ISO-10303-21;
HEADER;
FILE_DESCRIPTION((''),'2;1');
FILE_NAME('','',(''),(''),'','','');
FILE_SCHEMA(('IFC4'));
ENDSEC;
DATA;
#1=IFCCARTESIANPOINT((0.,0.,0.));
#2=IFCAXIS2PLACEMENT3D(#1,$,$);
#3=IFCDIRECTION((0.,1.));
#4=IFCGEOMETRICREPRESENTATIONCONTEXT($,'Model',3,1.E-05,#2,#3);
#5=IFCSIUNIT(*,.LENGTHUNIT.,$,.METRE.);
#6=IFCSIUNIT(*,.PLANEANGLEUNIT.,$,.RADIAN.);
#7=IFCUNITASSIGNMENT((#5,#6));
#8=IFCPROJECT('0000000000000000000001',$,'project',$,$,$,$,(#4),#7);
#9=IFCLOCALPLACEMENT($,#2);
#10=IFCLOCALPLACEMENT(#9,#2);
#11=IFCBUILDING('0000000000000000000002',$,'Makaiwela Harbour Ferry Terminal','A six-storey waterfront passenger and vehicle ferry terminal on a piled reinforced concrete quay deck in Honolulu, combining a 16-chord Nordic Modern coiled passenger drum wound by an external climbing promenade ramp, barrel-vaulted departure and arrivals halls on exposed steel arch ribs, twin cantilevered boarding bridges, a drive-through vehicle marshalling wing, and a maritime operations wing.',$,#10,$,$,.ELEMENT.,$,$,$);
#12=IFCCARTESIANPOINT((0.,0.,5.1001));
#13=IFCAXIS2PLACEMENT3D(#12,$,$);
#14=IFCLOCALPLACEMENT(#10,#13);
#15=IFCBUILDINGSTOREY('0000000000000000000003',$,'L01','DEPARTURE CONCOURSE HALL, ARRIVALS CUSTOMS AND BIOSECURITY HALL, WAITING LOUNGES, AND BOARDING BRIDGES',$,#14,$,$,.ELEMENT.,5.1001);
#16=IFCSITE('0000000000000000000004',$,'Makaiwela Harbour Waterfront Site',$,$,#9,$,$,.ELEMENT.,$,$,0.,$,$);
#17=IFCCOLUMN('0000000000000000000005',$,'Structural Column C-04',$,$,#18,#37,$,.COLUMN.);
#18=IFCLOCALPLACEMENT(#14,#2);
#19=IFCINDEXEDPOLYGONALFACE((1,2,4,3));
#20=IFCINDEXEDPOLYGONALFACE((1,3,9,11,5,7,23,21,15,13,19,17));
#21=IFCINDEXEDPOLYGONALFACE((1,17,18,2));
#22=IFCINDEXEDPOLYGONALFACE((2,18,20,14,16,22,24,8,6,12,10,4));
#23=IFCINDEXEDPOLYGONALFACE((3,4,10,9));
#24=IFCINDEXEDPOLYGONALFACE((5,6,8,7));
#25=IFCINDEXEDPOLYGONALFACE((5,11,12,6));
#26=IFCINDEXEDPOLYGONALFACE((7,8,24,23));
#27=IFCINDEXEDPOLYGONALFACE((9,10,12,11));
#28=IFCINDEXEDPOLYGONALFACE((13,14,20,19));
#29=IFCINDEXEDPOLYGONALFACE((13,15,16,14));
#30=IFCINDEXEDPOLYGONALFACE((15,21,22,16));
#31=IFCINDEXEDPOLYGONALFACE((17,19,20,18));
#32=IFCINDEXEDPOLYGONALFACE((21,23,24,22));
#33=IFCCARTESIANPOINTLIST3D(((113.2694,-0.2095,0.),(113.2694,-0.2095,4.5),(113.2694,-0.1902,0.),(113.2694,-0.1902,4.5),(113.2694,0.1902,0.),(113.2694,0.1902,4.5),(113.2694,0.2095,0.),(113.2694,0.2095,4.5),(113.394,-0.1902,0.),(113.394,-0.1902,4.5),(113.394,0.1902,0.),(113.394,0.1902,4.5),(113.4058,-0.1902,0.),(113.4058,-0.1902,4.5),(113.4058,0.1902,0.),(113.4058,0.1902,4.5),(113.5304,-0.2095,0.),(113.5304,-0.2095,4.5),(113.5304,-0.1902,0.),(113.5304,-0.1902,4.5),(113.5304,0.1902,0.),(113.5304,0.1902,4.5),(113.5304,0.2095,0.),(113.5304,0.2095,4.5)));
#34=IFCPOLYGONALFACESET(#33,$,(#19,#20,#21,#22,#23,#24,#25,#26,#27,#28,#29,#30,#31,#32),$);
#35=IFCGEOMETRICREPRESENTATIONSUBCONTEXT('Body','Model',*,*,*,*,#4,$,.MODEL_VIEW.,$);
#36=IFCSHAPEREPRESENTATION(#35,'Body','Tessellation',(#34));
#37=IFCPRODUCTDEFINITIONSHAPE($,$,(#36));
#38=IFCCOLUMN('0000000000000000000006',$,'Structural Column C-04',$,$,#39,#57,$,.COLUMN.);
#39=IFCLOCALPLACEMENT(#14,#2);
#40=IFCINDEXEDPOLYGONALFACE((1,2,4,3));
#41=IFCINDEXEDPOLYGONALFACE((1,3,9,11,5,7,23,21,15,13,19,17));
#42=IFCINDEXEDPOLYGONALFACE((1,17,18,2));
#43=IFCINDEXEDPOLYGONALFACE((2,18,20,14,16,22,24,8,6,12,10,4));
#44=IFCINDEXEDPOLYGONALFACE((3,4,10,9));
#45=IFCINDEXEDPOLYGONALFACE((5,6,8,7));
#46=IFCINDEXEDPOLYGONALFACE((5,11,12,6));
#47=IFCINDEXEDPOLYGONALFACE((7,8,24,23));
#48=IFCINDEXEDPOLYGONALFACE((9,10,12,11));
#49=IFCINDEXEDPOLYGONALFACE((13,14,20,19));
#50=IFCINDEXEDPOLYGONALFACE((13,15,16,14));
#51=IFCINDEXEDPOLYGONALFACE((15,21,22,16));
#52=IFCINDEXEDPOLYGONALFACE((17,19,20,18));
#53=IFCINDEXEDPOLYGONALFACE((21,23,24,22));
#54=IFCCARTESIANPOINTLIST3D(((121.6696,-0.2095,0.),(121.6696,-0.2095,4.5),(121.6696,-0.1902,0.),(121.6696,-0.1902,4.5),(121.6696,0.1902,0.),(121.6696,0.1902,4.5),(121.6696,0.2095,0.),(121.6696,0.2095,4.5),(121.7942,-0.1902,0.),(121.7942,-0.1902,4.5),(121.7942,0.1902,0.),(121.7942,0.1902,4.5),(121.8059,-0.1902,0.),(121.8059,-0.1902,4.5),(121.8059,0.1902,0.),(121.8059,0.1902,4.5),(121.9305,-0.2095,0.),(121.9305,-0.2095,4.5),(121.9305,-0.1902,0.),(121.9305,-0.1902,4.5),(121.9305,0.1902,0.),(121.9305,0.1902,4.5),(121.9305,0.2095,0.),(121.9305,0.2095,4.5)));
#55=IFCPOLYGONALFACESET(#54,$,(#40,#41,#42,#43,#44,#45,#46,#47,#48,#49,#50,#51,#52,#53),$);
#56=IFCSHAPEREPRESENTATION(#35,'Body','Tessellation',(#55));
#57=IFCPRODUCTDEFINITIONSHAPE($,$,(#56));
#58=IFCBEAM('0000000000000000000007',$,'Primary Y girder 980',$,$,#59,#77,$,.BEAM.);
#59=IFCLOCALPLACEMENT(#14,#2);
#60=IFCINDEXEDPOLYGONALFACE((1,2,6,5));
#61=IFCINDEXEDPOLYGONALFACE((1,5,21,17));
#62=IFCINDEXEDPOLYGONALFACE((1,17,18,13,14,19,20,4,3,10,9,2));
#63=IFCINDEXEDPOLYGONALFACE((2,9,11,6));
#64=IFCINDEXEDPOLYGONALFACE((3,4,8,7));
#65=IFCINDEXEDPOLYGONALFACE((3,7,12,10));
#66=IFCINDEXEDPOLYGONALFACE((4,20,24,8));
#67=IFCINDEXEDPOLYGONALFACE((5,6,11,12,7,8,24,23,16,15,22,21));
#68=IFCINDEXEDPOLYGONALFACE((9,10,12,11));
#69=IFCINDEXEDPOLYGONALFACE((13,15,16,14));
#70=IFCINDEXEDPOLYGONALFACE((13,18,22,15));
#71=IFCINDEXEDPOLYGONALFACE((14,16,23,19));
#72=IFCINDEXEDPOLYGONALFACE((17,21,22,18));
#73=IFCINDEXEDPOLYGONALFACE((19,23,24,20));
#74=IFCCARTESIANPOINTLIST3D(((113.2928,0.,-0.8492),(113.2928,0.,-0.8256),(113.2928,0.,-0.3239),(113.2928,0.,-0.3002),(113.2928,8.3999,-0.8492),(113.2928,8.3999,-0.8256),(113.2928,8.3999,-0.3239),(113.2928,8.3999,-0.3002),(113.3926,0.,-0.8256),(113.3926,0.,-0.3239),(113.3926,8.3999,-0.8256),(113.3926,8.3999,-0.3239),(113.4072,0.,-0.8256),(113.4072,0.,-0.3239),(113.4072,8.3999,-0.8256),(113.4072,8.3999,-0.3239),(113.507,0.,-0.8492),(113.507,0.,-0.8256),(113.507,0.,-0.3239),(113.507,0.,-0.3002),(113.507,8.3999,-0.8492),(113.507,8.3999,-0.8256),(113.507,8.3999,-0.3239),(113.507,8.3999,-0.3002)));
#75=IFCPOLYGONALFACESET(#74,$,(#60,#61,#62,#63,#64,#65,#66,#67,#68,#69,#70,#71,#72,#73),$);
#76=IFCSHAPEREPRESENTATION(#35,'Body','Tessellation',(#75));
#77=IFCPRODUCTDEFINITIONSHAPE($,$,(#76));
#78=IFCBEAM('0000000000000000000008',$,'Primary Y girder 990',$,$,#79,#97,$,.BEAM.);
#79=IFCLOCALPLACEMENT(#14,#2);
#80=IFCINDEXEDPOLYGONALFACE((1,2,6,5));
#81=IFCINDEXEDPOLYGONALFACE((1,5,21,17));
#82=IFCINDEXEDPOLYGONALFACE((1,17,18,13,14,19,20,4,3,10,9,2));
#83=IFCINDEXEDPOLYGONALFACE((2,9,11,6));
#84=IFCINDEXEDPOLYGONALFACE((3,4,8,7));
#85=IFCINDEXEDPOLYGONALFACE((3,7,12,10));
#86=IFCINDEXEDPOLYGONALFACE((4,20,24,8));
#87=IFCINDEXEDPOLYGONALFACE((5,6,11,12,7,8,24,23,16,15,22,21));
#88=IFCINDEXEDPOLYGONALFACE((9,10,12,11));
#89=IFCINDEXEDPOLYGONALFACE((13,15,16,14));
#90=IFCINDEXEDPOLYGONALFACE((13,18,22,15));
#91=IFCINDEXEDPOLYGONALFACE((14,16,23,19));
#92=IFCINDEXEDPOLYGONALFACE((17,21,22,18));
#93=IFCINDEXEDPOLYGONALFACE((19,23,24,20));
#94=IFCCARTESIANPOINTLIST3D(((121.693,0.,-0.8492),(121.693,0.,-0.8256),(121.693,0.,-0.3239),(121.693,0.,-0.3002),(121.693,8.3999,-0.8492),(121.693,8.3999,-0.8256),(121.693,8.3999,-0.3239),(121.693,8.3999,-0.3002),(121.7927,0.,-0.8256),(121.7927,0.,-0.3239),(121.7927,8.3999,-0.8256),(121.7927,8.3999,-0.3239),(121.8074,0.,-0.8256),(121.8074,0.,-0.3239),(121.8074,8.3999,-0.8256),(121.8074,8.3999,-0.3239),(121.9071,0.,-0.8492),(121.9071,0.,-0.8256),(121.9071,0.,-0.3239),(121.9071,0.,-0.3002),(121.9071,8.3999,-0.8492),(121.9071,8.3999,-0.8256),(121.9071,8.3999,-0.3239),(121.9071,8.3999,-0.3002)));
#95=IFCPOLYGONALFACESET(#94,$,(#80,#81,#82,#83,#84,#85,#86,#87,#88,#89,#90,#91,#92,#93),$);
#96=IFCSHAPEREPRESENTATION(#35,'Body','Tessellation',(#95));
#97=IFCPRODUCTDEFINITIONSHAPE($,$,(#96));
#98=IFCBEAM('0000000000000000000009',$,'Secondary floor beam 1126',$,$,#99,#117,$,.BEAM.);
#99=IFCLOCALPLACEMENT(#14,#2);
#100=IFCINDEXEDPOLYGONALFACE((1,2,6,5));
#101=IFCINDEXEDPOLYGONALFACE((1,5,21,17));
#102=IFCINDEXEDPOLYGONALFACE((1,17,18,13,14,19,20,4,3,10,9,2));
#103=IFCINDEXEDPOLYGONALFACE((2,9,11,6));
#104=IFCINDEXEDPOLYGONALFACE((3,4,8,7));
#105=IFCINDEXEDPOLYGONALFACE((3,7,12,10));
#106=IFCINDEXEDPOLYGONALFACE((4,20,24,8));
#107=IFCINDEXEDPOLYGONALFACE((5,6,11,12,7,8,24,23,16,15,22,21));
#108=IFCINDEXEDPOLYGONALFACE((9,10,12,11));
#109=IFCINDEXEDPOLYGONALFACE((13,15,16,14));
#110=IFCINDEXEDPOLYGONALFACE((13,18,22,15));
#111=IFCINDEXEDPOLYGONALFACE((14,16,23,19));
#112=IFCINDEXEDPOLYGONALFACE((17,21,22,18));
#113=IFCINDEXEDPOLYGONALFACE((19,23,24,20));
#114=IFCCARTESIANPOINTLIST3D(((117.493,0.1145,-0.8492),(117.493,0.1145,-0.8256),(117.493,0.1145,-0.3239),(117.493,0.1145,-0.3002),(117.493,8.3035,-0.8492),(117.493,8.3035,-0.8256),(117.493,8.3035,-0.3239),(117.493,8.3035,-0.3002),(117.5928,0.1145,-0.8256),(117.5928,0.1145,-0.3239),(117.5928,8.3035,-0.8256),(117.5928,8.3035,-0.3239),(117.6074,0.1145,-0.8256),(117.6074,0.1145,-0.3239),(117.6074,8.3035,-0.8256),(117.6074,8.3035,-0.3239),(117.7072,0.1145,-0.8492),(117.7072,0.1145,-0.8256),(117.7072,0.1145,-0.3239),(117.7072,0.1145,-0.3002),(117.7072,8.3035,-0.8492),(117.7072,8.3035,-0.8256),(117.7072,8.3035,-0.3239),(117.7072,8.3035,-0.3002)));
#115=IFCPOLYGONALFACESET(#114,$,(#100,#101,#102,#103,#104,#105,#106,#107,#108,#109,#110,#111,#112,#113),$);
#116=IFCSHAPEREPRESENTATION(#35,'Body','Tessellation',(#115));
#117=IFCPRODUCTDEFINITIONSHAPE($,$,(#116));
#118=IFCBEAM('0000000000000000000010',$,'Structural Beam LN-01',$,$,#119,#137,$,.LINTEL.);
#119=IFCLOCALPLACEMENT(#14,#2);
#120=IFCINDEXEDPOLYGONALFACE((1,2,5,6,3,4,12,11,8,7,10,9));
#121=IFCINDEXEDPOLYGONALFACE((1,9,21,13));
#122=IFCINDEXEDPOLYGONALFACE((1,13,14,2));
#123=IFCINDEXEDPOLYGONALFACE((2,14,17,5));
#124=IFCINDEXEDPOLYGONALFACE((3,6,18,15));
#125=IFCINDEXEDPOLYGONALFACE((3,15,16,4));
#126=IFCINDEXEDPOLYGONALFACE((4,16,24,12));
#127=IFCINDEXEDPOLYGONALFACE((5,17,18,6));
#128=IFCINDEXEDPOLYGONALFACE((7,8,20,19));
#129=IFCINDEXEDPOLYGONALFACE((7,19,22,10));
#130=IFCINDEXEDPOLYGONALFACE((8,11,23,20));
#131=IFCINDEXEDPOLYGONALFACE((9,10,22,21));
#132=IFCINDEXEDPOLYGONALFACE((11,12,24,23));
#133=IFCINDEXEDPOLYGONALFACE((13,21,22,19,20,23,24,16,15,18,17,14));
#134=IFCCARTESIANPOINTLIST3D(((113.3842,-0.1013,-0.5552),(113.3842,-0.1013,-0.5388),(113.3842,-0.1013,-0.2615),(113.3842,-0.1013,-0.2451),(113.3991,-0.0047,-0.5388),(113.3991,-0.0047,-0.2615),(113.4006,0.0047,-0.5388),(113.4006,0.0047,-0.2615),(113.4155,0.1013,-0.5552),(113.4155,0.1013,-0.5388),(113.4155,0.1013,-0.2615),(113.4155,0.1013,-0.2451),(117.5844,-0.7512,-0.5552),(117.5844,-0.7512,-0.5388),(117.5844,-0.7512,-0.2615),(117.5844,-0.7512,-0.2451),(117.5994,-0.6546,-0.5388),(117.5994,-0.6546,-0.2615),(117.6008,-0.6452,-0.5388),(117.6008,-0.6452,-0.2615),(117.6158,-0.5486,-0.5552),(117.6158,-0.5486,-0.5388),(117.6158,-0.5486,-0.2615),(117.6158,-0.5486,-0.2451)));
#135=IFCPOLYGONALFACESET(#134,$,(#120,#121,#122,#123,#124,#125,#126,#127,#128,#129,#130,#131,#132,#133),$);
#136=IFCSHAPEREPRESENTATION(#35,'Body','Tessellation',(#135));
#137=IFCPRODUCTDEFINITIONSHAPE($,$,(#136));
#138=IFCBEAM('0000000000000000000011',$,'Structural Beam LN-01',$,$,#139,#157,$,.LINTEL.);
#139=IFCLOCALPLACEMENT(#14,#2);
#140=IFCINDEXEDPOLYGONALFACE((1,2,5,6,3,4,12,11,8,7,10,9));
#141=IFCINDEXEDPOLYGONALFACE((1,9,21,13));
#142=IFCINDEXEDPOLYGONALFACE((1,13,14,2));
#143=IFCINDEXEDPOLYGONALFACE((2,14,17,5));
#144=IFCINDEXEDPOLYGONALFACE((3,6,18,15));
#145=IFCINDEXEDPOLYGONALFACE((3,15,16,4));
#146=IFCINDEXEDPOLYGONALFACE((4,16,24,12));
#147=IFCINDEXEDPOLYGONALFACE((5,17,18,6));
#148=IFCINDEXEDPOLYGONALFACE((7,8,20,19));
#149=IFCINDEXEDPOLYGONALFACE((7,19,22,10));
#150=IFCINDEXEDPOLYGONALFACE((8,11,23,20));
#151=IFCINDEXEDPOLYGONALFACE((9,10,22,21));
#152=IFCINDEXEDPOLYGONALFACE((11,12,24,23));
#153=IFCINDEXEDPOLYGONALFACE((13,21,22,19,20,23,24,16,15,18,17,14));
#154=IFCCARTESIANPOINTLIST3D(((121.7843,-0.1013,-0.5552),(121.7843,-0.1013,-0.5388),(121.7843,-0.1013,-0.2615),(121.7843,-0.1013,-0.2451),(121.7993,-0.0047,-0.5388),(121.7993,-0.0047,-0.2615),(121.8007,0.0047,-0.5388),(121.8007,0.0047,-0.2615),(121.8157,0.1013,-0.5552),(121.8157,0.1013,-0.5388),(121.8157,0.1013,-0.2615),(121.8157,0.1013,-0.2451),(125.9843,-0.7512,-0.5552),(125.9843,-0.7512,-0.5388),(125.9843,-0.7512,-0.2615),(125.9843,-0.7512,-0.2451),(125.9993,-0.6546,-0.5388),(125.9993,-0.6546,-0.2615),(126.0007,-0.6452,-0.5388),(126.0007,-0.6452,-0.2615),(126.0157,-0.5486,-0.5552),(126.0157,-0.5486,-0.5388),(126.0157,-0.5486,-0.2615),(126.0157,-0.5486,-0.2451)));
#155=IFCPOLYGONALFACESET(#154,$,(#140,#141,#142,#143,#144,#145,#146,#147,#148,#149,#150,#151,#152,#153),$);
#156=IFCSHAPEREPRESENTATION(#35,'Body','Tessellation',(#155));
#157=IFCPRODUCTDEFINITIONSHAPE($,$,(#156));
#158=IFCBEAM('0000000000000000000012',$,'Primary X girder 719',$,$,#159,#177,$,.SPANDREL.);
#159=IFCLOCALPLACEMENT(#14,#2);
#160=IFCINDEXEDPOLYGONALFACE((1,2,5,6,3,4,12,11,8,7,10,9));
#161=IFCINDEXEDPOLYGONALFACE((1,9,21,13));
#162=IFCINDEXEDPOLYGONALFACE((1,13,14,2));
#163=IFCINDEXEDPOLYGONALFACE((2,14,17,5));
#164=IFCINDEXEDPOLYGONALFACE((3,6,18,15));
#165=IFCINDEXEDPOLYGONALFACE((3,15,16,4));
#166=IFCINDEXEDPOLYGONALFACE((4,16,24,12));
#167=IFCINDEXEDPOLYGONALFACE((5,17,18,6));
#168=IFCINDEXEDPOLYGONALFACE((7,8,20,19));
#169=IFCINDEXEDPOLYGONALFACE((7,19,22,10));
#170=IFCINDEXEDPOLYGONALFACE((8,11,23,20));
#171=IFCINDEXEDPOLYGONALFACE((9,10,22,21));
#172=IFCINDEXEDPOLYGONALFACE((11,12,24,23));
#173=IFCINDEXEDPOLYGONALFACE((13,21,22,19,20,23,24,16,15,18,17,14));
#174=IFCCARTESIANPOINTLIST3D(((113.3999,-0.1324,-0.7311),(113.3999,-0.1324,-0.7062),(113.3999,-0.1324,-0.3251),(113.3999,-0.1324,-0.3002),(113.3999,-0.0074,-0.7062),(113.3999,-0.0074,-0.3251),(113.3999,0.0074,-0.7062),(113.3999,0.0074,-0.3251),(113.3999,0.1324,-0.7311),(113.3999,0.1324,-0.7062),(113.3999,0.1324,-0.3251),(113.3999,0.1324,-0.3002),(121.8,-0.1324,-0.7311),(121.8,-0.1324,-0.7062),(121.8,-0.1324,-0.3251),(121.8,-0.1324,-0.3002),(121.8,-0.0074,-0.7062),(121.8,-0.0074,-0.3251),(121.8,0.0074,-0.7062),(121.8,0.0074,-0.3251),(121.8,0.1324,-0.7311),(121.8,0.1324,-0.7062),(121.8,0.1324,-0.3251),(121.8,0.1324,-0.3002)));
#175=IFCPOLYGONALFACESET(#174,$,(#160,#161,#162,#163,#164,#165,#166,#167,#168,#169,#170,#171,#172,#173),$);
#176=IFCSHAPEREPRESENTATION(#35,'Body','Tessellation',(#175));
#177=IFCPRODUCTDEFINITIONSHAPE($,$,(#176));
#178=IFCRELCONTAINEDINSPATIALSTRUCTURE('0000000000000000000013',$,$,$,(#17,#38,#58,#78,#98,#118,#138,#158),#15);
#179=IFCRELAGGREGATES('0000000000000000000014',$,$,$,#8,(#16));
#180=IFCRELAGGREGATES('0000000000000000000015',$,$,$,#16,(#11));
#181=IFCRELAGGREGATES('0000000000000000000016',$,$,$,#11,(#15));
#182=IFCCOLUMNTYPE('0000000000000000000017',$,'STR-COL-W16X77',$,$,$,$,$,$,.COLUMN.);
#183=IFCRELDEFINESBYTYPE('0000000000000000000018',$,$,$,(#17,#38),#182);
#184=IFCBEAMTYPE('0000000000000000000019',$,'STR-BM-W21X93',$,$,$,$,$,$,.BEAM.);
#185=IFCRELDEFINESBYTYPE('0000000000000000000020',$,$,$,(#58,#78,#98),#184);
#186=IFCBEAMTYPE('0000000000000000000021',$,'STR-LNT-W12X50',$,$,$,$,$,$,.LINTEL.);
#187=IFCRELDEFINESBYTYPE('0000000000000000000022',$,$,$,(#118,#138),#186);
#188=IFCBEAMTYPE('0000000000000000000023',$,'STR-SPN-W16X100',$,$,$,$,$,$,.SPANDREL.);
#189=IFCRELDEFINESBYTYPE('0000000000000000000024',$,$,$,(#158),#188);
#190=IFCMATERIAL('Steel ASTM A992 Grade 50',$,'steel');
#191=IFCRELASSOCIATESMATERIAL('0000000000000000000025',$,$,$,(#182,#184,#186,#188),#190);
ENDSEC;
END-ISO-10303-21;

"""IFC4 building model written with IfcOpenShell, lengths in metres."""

from ifc_helpers import new_model, si_unit, direction, frame, origin, origin_2d, place, context, subcontext, project, spatial, i_section, extrude, material, material_profile, profile_set, type_object, element, save


model = new_model("IFC4")

# Units and contexts
model_context = context("Model", 3, precision=1e-05, world=origin(), true_north=direction((0.0, 1.0)))
body_context = subcontext(model_context, "Body", "Model", "MODEL_VIEW")
ifc_project = project(units=[si_unit("LENGTHUNIT", "METRE"), si_unit("PLANEANGLEUNIT", "RADIAN")], contexts=[model_context])

# Site, building, storey
site_placement = place(None, origin())
site = spatial("IfcSite", under=ifc_project, at=site_placement, Name="Makaiwela Harbour Waterfront Site", CompositionType="ELEMENT", RefElevation=0.0)
building_placement = place(site_placement, origin())
building = spatial("IfcBuilding", under=site, at=building_placement, Name="Makaiwela Harbour Ferry Terminal", Description="A six-storey waterfront passenger and vehicle ferry terminal on a piled reinforced concrete quay deck in Honolulu, combining a 16-chord Nordic Modern coiled passenger drum wound by an external climbing promenade ramp, barrel-vaulted departure and arrivals halls on exposed steel arch ribs, twin cantilevered boarding bridges, a drive-through vehicle marshalling wing, and a maritime operations wing.", CompositionType="ELEMENT")
storey_placement = place(building_placement, frame((0.0, 0.0, 5.1001)))
storey = spatial("IfcBuildingStorey", under=building, at=storey_placement, Name="L01", Description="DEPARTURE CONCOURSE HALL, ARRIVALS CUSTOMS AND BIOSECURITY HALL, WAITING LOUNGES, AND BOARDING BRIDGES", CompositionType="ELEMENT", Elevation=5.1001)

# Columns
ifc_material_1 = material(Name="Steel ASTM A992 Grade 50", Category="steel")
ifc_material_profile_1 = material_profile(ifc_material_1, i_section(OverallWidth=0.261, OverallDepth=0.4189, WebThickness=0.0117, FlangeThickness=0.0193, at=origin_2d()), Name="W16X77")
ifc_profile_set_1 = profile_set([ifc_material_profile_1], Name="Steel ASTM A992 Grade 50")
column_type = type_object("IfcColumnType", Name="STR-COL-W16X77", PredefinedType="COLUMN", material=ifc_profile_set_1)
for number, where, z_axis, x_axis, name in (
    (1, (113.3999, 0.0, 0.0), (0.0, 0.0, 1.0), (1.0, 0.0, 0.0), "Structural Column C-04"),
    (2, (121.8, 0.0, 0.0), (0.0, 0.0, 1.0), (1.0, 0.0, 0.0), "Structural Column C-04"),
):
    element("IfcColumn", number, at=place(storey_placement, frame(where, z_axis=z_axis, x_axis=x_axis)), inside=storey, type_object=column_type, Name=name, PredefinedType="COLUMN", context=body_context, shape_type="SweptSolid", body=[
        extrude(i_section(OverallWidth=0.261, OverallDepth=0.4189, WebThickness=0.0117, FlangeThickness=0.0193, at=origin_2d()), origin(), (0.0, 0.0, 1.0), 4.5),
    ])

# Beams
ifc_material_profile_2 = material_profile(ifc_material_1, i_section(OverallWidth=0.2141, OverallDepth=0.5491, WebThickness=0.0146, FlangeThickness=0.0237, at=origin_2d()), Name="W21X93")
ifc_profile_set_2 = profile_set([ifc_material_profile_2], Name="Steel ASTM A992 Grade 50")
beam_type_1 = type_object("IfcBeamType", Name="STR-BM-W21X93", PredefinedType="BEAM", material=ifc_profile_set_2)
for number, where, z_axis, x_axis, name in (
    (3, (113.3999, 0.0, -0.5747), (0.0, 1.0, 0.0), (-1.0, 0.0, 0.0), "Primary Y girder 980"),
    (4, (121.8, 0.0, -0.5747), (0.0, 1.0, 0.0), (-1.0, 0.0, 0.0), "Primary Y girder 990"),
):
    element("IfcBeam", number, at=place(storey_placement, frame(where, z_axis=z_axis, x_axis=x_axis)), inside=storey, type_object=beam_type_1, Name=name, PredefinedType="BEAM", context=body_context, shape_type="SweptSolid", body=[
        extrude(i_section(OverallWidth=0.2141, OverallDepth=0.5491, WebThickness=0.0146, FlangeThickness=0.0237, at=origin_2d()), origin(), (0.0, 0.0, 1.0), 8.3999),
    ])
beam_1_placement = place(storey_placement, frame((117.6001, 0.1145, -0.5747), z_axis=(0.0, 1.0, 0.0), x_axis=(-1.0, 0.0, 0.0)))
element("IfcBeam", 5, at=beam_1_placement, inside=storey, type_object=beam_type_1, Name="Secondary floor beam 1126", PredefinedType="BEAM", context=body_context, shape_type="SweptSolid", body=[
    extrude(i_section(OverallWidth=0.2141, OverallDepth=0.5491, WebThickness=0.0146, FlangeThickness=0.0237, at=origin_2d()), origin(), (0.0, 0.0, 1.0), 8.189),
])
ifc_material_profile_3 = material_profile(ifc_material_1, i_section(OverallWidth=0.2051, OverallDepth=0.3101, WebThickness=0.0095, FlangeThickness=0.0164, at=origin_2d()), Name="W12X50")
ifc_profile_set_3 = profile_set([ifc_material_profile_3], Name="Steel ASTM A992 Grade 50")
beam_type_2 = type_object("IfcBeamType", Name="STR-LNT-W12X50", PredefinedType="LINTEL", material=ifc_profile_set_3)
beam_2_placement = place(storey_placement, frame((117.6001, -0.6499, -0.4001), z_axis=(-0.98824, 0.152912, 0.0), x_axis=(-0.152912, -0.98824, 0.0)))
element("IfcBeam", 6, at=beam_2_placement, inside=storey, type_object=beam_type_2, Name="Structural Beam LN-01", PredefinedType="LINTEL", context=body_context, shape_type="SweptSolid", body=[
    extrude(i_section(OverallWidth=0.2051, OverallDepth=0.3101, WebThickness=0.0095, FlangeThickness=0.0164, at=origin_2d()), origin(), (0.0, 0.0, 1.0), 4.2502),
])
beam_3_placement = place(storey_placement, frame((126.0, -0.6499, -0.4001), z_axis=(-0.988238, 0.15292, 0.0), x_axis=(-0.15292, -0.988238, 0.0)))
element("IfcBeam", 7, at=beam_3_placement, inside=storey, type_object=beam_type_2, Name="Structural Beam LN-01", PredefinedType="LINTEL", context=body_context, shape_type="SweptSolid", body=[
    extrude(i_section(OverallWidth=0.2051, OverallDepth=0.3101, WebThickness=0.0095, FlangeThickness=0.0164, at=origin_2d()), origin(), (0.0, 0.0, 1.0), 4.25),
])
ifc_material_profile_4 = material_profile(ifc_material_1, i_section(OverallWidth=0.2649, OverallDepth=0.4309, WebThickness=0.0149, FlangeThickness=0.0249, at=origin_2d()), Name="W16X100")
ifc_profile_set_4 = profile_set([ifc_material_profile_4], Name="Steel ASTM A992 Grade 50")
beam_type_3 = type_object("IfcBeamType", Name="STR-SPN-W16X100", PredefinedType="SPANDREL", material=ifc_profile_set_4)
beam_4_placement = place(storey_placement, frame((113.3999, 0.0, -0.5156), z_axis=(1.0, 0.0, 0.0), x_axis=(0.0, 1.0, 0.0)))
element("IfcBeam", 8, at=beam_4_placement, inside=storey, type_object=beam_type_3, Name="Primary X girder 719", PredefinedType="SPANDREL", context=body_context, shape_type="SweptSolid", body=[
    extrude(i_section(OverallWidth=0.2649, OverallDepth=0.4309, WebThickness=0.0149, FlangeThickness=0.0249, at=origin_2d()), origin(), (0.0, 0.0, 1.0), 8.4001),
])

save(model, "model.ifc")
